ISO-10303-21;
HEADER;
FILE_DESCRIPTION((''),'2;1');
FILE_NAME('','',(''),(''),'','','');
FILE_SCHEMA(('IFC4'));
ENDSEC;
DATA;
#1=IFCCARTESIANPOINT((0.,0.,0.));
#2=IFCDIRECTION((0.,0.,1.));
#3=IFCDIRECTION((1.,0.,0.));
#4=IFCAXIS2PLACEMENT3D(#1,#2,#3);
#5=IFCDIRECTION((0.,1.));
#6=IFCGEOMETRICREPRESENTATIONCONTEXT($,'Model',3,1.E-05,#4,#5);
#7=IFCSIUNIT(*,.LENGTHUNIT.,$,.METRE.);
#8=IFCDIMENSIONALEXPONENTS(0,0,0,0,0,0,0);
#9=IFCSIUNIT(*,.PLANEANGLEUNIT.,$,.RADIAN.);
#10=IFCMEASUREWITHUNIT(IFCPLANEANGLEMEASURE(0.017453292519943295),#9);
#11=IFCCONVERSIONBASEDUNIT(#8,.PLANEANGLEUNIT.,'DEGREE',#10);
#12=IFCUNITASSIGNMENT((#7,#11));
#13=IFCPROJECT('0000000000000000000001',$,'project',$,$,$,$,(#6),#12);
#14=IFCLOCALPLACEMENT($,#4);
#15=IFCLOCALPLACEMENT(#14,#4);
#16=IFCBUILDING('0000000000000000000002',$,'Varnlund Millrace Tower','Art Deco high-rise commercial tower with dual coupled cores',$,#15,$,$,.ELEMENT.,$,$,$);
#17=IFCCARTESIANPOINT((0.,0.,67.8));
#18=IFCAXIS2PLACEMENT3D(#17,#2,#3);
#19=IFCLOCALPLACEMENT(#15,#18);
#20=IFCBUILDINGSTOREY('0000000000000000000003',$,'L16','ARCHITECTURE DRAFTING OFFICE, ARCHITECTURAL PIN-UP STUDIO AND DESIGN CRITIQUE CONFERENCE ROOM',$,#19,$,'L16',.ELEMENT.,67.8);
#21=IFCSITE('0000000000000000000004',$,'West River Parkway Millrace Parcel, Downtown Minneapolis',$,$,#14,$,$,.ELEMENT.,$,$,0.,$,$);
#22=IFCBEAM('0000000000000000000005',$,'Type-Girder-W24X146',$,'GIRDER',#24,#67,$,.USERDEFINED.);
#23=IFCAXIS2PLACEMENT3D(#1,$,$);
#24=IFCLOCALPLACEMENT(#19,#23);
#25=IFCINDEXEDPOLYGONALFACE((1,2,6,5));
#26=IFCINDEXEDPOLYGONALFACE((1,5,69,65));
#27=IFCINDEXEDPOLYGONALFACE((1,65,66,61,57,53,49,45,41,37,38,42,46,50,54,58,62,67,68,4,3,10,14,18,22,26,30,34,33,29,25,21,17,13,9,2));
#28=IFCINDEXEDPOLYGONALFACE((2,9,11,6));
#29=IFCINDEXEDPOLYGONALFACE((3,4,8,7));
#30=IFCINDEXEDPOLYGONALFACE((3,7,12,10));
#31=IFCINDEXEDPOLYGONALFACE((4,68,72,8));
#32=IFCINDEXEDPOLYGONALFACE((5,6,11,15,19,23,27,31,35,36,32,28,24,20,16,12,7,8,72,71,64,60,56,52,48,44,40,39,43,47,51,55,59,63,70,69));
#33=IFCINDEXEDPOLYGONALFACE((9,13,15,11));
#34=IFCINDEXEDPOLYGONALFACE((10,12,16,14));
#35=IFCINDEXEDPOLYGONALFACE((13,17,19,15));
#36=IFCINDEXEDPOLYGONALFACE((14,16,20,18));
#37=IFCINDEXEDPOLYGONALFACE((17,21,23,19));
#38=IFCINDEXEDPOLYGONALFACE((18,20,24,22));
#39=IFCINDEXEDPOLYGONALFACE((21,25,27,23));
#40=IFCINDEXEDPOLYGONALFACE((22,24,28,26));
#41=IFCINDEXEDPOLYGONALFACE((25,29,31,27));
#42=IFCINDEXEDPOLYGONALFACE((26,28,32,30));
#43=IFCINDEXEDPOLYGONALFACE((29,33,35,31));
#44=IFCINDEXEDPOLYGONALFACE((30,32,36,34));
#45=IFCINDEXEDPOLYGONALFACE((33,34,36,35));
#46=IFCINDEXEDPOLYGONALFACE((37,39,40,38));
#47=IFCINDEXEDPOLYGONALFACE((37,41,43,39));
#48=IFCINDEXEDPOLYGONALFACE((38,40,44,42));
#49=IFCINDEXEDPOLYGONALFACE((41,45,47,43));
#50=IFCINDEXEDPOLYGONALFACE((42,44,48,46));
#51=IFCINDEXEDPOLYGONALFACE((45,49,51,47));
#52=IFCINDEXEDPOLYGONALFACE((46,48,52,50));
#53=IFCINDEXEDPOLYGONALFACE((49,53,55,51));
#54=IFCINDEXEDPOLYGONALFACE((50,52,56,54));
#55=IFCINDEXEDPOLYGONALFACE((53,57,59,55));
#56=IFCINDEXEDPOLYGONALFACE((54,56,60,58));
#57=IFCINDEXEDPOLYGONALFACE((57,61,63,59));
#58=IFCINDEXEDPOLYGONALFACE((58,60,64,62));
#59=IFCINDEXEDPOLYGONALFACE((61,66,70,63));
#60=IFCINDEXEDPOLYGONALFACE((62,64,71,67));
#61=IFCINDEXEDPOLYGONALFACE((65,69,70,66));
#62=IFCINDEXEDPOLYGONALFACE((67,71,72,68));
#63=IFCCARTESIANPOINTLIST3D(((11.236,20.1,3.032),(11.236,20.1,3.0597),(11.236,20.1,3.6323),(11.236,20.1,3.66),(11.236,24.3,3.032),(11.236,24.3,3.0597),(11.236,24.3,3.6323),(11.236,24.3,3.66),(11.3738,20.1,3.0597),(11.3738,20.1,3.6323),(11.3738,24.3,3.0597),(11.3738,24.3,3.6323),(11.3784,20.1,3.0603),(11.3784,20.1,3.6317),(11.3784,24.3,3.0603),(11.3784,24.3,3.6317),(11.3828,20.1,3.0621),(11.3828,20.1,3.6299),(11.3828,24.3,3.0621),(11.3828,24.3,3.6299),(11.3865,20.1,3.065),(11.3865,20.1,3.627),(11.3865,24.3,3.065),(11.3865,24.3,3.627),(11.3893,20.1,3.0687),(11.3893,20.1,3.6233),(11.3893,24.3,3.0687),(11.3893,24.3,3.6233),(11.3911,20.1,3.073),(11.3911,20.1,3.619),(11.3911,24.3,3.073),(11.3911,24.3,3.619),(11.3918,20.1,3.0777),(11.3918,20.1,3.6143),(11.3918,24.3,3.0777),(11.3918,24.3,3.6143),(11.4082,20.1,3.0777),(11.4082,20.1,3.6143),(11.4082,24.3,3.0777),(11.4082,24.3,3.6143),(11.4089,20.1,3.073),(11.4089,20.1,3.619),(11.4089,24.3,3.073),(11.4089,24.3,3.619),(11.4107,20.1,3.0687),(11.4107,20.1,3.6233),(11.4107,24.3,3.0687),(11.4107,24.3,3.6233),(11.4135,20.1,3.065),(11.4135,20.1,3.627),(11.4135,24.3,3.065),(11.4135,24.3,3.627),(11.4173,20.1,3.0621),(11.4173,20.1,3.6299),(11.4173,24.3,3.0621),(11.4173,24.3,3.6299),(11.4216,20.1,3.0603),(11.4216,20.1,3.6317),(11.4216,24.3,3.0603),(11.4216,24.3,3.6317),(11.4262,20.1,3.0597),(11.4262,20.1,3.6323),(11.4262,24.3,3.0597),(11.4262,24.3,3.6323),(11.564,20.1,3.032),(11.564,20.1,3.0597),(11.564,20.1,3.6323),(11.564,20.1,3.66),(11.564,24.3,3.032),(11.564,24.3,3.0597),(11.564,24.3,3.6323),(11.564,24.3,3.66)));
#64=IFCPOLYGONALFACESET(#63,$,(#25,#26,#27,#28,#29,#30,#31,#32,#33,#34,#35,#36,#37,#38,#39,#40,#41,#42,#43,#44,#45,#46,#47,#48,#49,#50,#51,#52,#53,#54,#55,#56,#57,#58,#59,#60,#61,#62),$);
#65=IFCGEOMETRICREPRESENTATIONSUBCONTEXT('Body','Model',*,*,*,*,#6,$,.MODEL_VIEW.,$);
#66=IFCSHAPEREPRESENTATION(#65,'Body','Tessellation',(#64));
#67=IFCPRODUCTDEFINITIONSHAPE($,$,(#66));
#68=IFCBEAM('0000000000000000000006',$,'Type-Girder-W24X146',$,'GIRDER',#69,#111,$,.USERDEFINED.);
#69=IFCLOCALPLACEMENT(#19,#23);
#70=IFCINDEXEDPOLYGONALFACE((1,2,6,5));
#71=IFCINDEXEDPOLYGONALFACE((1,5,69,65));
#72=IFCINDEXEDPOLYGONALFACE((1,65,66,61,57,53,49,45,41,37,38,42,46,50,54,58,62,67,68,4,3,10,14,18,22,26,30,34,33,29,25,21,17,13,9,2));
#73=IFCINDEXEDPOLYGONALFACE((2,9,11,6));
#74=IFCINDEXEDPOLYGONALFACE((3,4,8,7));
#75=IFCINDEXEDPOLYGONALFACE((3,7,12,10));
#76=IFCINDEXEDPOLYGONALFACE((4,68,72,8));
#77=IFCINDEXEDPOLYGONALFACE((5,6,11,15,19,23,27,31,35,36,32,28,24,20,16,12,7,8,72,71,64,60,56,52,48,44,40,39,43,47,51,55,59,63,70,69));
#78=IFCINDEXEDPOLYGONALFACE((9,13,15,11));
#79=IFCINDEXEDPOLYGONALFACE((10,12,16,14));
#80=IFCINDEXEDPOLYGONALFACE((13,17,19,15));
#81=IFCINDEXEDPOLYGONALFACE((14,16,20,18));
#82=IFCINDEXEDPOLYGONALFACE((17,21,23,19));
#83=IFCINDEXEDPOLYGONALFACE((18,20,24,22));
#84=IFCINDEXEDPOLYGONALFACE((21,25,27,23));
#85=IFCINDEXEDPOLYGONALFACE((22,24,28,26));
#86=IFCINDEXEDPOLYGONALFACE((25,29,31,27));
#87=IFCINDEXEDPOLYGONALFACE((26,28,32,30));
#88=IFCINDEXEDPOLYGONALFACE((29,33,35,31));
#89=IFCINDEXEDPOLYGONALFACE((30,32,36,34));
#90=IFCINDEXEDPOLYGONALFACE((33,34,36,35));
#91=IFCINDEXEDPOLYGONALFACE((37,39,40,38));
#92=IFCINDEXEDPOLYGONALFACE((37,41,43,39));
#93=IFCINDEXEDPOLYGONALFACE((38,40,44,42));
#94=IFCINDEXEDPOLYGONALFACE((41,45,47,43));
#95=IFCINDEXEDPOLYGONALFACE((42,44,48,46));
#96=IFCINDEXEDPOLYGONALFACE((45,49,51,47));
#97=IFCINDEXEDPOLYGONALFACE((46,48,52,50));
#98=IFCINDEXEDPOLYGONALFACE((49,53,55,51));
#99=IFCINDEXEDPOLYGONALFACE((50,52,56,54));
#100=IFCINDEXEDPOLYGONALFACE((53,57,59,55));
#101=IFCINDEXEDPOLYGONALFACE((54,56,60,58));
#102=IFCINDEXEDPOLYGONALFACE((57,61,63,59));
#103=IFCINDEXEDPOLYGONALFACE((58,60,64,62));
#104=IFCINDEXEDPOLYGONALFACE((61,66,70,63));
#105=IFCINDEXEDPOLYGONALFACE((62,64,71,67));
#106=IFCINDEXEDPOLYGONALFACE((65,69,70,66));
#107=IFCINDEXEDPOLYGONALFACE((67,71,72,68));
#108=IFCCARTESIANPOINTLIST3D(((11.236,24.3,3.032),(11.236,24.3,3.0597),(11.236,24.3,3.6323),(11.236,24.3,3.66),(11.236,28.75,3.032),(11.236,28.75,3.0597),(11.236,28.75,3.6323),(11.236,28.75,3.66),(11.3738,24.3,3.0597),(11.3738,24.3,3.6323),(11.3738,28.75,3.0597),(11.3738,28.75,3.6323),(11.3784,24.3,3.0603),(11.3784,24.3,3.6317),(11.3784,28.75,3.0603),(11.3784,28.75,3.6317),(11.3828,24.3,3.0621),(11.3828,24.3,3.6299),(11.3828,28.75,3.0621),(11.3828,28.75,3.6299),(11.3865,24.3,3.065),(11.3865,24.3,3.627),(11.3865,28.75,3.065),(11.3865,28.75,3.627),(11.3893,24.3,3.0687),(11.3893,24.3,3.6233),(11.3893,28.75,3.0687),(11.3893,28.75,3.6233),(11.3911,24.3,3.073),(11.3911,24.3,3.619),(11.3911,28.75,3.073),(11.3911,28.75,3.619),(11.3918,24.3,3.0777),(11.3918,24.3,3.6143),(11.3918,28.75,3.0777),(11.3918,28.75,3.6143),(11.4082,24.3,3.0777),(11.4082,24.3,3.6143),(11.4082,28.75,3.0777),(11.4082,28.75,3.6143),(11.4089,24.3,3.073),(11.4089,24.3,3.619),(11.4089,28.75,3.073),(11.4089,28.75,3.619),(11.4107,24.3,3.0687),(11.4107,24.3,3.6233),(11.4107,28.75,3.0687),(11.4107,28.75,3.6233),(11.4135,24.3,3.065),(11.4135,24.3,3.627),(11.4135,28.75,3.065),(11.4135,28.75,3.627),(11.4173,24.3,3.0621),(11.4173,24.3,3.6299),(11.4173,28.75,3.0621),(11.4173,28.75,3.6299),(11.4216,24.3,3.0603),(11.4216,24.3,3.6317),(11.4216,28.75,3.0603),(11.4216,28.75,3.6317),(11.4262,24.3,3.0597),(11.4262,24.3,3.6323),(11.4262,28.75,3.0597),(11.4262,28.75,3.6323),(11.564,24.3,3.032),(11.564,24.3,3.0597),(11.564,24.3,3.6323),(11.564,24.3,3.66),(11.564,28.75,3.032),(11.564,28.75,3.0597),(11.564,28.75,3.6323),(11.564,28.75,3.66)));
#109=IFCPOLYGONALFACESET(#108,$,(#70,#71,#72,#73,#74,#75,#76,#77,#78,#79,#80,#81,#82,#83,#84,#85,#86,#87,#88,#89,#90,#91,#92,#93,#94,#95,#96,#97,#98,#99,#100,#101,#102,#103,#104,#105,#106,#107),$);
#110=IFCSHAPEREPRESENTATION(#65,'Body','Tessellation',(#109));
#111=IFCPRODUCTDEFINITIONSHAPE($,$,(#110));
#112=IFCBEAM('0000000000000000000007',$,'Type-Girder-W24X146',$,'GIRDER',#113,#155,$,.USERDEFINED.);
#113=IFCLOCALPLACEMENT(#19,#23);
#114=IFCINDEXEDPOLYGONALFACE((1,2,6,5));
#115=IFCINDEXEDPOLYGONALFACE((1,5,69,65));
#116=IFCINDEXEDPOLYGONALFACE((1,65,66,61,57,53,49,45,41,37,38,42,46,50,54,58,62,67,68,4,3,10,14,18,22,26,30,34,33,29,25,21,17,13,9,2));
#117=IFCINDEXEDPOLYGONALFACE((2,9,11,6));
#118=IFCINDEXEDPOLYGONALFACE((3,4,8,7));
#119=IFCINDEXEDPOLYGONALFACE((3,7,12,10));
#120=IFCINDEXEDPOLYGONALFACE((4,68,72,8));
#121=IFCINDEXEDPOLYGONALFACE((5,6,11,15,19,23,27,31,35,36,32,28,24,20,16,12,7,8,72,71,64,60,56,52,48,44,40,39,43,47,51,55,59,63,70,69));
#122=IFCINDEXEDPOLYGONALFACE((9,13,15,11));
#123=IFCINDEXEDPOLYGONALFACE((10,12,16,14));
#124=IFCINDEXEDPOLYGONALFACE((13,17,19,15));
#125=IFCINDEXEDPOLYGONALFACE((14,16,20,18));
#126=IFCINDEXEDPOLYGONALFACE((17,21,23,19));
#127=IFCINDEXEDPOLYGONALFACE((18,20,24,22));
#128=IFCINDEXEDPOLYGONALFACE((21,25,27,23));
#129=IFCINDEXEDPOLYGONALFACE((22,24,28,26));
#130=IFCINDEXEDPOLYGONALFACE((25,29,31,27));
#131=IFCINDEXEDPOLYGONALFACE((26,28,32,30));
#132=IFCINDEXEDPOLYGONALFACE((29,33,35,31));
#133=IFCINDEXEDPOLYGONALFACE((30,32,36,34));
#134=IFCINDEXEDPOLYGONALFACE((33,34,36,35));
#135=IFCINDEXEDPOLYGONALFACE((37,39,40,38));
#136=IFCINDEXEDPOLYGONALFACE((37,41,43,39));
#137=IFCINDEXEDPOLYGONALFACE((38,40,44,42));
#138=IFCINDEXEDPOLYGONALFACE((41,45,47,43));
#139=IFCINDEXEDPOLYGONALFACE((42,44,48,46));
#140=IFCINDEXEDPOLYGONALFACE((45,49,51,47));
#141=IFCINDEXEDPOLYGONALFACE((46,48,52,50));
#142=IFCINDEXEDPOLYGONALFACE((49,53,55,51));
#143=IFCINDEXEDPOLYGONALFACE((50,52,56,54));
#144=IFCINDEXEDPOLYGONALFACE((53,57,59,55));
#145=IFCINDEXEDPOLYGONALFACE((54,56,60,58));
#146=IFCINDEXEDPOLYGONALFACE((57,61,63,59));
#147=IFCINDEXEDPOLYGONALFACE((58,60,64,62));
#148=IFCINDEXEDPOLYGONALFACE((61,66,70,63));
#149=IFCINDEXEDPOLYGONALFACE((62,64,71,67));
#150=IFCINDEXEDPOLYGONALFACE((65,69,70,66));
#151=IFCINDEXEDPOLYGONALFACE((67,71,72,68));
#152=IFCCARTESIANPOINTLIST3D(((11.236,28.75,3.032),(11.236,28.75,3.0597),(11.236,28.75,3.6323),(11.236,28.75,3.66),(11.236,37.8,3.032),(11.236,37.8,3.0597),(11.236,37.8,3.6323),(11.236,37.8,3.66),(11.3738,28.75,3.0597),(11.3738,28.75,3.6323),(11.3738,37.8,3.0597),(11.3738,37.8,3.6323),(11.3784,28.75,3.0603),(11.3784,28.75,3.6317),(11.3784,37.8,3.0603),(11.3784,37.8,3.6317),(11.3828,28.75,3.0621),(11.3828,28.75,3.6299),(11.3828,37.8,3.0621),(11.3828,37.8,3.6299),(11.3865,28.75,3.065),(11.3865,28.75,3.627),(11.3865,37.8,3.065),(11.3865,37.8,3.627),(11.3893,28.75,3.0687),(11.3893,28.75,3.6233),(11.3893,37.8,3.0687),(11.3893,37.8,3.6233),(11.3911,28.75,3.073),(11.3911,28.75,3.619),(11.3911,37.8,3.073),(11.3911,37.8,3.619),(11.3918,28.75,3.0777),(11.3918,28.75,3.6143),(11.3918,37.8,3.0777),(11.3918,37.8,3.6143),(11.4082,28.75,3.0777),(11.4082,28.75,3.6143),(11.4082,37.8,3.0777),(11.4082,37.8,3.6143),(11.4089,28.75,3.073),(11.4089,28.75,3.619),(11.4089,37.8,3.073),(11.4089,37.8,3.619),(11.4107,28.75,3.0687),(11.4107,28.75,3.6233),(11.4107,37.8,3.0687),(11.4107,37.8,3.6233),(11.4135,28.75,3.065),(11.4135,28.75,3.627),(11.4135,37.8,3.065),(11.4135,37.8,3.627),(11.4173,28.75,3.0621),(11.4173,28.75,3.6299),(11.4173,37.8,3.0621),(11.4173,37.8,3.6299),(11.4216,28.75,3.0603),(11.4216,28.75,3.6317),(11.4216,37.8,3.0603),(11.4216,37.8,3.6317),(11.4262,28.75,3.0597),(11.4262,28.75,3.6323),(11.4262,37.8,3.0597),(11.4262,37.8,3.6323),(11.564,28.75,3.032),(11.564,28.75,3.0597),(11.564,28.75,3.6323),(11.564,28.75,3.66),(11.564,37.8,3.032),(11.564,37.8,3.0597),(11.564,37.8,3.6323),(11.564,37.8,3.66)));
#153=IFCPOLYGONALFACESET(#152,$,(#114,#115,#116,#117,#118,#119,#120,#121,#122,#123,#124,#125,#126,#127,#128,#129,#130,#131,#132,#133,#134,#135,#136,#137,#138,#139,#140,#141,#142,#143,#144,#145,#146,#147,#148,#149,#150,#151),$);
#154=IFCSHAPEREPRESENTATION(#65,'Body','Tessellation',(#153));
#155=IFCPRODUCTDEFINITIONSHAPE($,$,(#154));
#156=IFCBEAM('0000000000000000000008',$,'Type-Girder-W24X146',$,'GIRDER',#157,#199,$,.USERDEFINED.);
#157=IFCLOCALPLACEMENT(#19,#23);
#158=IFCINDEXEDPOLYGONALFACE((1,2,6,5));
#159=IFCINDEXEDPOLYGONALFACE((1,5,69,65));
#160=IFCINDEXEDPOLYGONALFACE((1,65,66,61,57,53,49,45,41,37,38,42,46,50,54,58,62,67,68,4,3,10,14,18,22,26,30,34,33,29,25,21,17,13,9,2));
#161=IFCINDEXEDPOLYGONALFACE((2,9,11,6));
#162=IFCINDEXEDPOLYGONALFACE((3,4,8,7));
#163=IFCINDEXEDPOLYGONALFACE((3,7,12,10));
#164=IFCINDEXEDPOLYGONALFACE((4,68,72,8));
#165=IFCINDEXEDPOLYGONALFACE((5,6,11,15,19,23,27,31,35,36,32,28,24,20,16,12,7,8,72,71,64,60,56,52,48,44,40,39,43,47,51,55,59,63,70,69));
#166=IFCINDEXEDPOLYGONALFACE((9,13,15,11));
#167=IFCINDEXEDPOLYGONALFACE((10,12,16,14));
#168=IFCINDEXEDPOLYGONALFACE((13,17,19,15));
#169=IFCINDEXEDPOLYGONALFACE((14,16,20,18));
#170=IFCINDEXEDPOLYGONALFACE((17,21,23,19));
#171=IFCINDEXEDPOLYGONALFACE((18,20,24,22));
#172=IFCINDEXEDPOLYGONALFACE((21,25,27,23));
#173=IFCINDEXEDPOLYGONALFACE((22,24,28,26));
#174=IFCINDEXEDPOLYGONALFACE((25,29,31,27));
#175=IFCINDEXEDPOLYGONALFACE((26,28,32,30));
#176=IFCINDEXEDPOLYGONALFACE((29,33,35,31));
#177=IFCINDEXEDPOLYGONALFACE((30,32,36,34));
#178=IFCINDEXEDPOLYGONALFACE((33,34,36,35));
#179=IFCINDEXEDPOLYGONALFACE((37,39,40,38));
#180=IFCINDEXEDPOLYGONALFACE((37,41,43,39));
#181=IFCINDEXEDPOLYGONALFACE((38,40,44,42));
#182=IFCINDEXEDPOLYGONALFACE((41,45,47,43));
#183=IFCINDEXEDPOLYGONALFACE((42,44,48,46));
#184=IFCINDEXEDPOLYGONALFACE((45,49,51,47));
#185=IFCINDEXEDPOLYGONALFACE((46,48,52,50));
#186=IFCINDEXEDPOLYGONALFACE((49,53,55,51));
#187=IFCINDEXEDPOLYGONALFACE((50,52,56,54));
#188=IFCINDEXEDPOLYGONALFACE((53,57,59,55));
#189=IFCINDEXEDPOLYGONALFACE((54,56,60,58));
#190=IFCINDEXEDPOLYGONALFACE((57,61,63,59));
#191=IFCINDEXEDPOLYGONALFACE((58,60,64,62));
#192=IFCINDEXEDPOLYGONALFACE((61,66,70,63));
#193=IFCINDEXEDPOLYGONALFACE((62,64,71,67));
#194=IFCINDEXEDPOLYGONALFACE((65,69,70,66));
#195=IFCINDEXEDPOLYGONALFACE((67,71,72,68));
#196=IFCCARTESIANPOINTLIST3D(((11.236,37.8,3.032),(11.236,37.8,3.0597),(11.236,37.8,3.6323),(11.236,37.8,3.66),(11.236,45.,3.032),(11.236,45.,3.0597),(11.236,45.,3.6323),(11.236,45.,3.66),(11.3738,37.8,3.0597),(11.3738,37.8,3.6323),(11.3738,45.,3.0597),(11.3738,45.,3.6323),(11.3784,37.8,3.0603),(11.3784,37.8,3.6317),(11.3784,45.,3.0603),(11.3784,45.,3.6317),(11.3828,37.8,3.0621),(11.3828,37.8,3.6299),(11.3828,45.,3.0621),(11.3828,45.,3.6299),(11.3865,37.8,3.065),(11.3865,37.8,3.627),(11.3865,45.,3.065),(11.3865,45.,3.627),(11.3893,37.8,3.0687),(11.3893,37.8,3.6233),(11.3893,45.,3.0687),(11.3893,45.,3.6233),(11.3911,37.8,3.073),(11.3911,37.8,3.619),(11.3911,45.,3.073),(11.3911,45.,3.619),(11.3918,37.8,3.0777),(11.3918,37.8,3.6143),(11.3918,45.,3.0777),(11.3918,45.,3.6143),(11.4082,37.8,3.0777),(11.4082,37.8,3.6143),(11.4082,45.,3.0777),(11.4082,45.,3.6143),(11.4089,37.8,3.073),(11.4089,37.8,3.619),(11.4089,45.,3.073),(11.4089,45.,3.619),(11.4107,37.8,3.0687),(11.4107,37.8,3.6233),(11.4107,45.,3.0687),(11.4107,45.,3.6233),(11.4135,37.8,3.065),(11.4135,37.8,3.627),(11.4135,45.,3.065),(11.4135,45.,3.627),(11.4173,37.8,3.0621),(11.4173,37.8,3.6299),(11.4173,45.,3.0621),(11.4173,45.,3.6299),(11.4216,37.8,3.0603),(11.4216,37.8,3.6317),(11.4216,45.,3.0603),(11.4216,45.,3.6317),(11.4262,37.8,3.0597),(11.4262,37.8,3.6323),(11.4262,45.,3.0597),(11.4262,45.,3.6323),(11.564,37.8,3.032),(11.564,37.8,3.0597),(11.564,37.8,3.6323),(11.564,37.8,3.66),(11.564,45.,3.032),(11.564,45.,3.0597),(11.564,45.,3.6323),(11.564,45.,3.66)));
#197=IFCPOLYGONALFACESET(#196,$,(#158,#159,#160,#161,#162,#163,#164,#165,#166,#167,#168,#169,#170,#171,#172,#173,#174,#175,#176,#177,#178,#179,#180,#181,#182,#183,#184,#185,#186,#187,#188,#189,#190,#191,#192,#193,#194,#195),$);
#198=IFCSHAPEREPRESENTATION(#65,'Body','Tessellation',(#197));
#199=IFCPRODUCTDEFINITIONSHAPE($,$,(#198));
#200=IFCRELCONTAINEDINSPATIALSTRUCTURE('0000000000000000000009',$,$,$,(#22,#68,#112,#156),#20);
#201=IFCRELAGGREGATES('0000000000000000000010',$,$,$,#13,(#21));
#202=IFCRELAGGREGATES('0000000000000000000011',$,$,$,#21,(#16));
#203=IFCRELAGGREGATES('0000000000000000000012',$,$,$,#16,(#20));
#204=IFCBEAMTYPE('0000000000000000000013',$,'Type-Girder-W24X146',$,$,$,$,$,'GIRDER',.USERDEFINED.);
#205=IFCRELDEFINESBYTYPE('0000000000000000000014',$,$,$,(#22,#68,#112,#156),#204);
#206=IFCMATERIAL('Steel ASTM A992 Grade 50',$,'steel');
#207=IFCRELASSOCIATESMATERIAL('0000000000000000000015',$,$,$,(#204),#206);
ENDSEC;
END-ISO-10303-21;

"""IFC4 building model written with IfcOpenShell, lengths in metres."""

from ifc_helpers import new_model, entity, si_unit, converted_unit, direction, frame, origin_with_axes, origin_2d_with_axis, place, context, subcontext, project, spatial, i_section, extrude, material, material_profile, profile_set, type_object, element, save


model = new_model("IFC4")

# Units and contexts
model_context = context("Model", 3, precision=1e-05, world=origin_with_axes(), true_north=direction((0.0, 1.0)))
body_context = subcontext(model_context, "Body", "Model", "MODEL_VIEW")
ifc_project = project(units=[si_unit("LENGTHUNIT", "METRE"), converted_unit("PLANEANGLEUNIT", "DEGREE", entity("IfcPlaneAngleMeasure", 0.017453292519943295), si_unit("PLANEANGLEUNIT", "RADIAN"), dimensions=[0, 0, 0, 0, 0, 0, 0])], contexts=[model_context])

# Site, building, storey
site_placement = place(None, origin_with_axes())
site = spatial("IfcSite", under=ifc_project, at=site_placement, Name="West River Parkway Millrace Parcel, Downtown Minneapolis", CompositionType="ELEMENT", RefElevation=0.0)
building_placement = place(site_placement, origin_with_axes())
building = spatial("IfcBuilding", under=site, at=building_placement, Name="Varnlund Millrace Tower", Description="Art Deco high-rise commercial tower with dual coupled cores", CompositionType="ELEMENT")
storey_placement = place(building_placement, frame((0.0, 0.0, 67.8), z_axis=(0.0, 0.0, 1.0), x_axis=(1.0, 0.0, 0.0)))
storey = spatial("IfcBuildingStorey", under=building, at=storey_placement, Name="L16", Description="ARCHITECTURE DRAFTING OFFICE, ARCHITECTURAL PIN-UP STUDIO AND DESIGN CRITIQUE CONFERENCE ROOM", LongName="L16", CompositionType="ELEMENT", Elevation=67.8)

# Beams
ifc_material_1 = material(Name="Steel ASTM A992 Grade 50", Category="steel")
ifc_material_profile_1 = material_profile(ifc_material_1, i_section(OverallWidth=0.328, OverallDepth=0.628, WebThickness=0.0165, FlangeThickness=0.0277, FilletRadius=0.018, at=origin_2d_with_axis()), Name="Steel ASTM A992 Grade 50")
ifc_profile_set_1 = profile_set([ifc_material_profile_1], Name="Steel ASTM A992 Grade 50")
beam_type_1 = type_object("IfcBeamType", Name="Type-Girder-W24X146", ElementType="GIRDER", PredefinedType="USERDEFINED", material=ifc_profile_set_1)
beam_1_placement = place(storey_placement, frame((11.4, 20.1, 3.346), z_axis=(0.0, 1.0, 0.0), x_axis=(-1.0, 0.0, 0.0)))
element("IfcBeam", 1, at=beam_1_placement, inside=storey, type_object=beam_type_1, Name="Type-Girder-W24X146", ObjectType="GIRDER", PredefinedType="USERDEFINED", context=body_context, shape_type="SweptSolid", body=[
    extrude(i_section(OverallWidth=0.328, OverallDepth=0.628, WebThickness=0.0165, FlangeThickness=0.0277, FilletRadius=0.018, at=origin_2d_with_axis()), origin_with_axes(), (0.0, 0.0, 1.0), 4.2),
])
beam_2_placement = place(storey_placement, frame((11.4, 24.3, 3.346), z_axis=(0.0, 1.0, 0.0), x_axis=(-1.0, 0.0, 0.0)))
element("IfcBeam", 2, at=beam_2_placement, inside=storey, type_object=beam_type_1, Name="Type-Girder-W24X146", ObjectType="GIRDER", PredefinedType="USERDEFINED", context=body_context, shape_type="SweptSolid", body=[
    extrude(i_section(OverallWidth=0.328, OverallDepth=0.628, WebThickness=0.0165, FlangeThickness=0.0277, FilletRadius=0.018, at=origin_2d_with_axis()), origin_with_axes(), (0.0, 0.0, 1.0), 4.45),
])
beam_3_placement = place(storey_placement, frame((11.4, 28.75, 3.346), z_axis=(0.0, 1.0, 0.0), x_axis=(-1.0, 0.0, 0.0)))
element("IfcBeam", 3, at=beam_3_placement, inside=storey, type_object=beam_type_1, Name="Type-Girder-W24X146", ObjectType="GIRDER", PredefinedType="USERDEFINED", context=body_context, shape_type="SweptSolid", body=[
    extrude(i_section(OverallWidth=0.328, OverallDepth=0.628, WebThickness=0.0165, FlangeThickness=0.0277, FilletRadius=0.018, at=origin_2d_with_axis()), origin_with_axes(), (0.0, 0.0, 1.0), 9.05),
])
beam_4_placement = place(storey_placement, frame((11.4, 37.8, 3.346), z_axis=(0.0, 1.0, 0.0), x_axis=(-1.0, 0.0, 0.0)))
element("IfcBeam", 4, at=beam_4_placement, inside=storey, type_object=beam_type_1, Name="Type-Girder-W24X146", ObjectType="GIRDER", PredefinedType="USERDEFINED", context=body_context, shape_type="SweptSolid", body=[
    extrude(i_section(OverallWidth=0.328, OverallDepth=0.628, WebThickness=0.0165, FlangeThickness=0.0277, FilletRadius=0.018, at=origin_2d_with_axis()), origin_with_axes(), (0.0, 0.0, 1.0), 7.2),
])

save(model, "model.ifc")
